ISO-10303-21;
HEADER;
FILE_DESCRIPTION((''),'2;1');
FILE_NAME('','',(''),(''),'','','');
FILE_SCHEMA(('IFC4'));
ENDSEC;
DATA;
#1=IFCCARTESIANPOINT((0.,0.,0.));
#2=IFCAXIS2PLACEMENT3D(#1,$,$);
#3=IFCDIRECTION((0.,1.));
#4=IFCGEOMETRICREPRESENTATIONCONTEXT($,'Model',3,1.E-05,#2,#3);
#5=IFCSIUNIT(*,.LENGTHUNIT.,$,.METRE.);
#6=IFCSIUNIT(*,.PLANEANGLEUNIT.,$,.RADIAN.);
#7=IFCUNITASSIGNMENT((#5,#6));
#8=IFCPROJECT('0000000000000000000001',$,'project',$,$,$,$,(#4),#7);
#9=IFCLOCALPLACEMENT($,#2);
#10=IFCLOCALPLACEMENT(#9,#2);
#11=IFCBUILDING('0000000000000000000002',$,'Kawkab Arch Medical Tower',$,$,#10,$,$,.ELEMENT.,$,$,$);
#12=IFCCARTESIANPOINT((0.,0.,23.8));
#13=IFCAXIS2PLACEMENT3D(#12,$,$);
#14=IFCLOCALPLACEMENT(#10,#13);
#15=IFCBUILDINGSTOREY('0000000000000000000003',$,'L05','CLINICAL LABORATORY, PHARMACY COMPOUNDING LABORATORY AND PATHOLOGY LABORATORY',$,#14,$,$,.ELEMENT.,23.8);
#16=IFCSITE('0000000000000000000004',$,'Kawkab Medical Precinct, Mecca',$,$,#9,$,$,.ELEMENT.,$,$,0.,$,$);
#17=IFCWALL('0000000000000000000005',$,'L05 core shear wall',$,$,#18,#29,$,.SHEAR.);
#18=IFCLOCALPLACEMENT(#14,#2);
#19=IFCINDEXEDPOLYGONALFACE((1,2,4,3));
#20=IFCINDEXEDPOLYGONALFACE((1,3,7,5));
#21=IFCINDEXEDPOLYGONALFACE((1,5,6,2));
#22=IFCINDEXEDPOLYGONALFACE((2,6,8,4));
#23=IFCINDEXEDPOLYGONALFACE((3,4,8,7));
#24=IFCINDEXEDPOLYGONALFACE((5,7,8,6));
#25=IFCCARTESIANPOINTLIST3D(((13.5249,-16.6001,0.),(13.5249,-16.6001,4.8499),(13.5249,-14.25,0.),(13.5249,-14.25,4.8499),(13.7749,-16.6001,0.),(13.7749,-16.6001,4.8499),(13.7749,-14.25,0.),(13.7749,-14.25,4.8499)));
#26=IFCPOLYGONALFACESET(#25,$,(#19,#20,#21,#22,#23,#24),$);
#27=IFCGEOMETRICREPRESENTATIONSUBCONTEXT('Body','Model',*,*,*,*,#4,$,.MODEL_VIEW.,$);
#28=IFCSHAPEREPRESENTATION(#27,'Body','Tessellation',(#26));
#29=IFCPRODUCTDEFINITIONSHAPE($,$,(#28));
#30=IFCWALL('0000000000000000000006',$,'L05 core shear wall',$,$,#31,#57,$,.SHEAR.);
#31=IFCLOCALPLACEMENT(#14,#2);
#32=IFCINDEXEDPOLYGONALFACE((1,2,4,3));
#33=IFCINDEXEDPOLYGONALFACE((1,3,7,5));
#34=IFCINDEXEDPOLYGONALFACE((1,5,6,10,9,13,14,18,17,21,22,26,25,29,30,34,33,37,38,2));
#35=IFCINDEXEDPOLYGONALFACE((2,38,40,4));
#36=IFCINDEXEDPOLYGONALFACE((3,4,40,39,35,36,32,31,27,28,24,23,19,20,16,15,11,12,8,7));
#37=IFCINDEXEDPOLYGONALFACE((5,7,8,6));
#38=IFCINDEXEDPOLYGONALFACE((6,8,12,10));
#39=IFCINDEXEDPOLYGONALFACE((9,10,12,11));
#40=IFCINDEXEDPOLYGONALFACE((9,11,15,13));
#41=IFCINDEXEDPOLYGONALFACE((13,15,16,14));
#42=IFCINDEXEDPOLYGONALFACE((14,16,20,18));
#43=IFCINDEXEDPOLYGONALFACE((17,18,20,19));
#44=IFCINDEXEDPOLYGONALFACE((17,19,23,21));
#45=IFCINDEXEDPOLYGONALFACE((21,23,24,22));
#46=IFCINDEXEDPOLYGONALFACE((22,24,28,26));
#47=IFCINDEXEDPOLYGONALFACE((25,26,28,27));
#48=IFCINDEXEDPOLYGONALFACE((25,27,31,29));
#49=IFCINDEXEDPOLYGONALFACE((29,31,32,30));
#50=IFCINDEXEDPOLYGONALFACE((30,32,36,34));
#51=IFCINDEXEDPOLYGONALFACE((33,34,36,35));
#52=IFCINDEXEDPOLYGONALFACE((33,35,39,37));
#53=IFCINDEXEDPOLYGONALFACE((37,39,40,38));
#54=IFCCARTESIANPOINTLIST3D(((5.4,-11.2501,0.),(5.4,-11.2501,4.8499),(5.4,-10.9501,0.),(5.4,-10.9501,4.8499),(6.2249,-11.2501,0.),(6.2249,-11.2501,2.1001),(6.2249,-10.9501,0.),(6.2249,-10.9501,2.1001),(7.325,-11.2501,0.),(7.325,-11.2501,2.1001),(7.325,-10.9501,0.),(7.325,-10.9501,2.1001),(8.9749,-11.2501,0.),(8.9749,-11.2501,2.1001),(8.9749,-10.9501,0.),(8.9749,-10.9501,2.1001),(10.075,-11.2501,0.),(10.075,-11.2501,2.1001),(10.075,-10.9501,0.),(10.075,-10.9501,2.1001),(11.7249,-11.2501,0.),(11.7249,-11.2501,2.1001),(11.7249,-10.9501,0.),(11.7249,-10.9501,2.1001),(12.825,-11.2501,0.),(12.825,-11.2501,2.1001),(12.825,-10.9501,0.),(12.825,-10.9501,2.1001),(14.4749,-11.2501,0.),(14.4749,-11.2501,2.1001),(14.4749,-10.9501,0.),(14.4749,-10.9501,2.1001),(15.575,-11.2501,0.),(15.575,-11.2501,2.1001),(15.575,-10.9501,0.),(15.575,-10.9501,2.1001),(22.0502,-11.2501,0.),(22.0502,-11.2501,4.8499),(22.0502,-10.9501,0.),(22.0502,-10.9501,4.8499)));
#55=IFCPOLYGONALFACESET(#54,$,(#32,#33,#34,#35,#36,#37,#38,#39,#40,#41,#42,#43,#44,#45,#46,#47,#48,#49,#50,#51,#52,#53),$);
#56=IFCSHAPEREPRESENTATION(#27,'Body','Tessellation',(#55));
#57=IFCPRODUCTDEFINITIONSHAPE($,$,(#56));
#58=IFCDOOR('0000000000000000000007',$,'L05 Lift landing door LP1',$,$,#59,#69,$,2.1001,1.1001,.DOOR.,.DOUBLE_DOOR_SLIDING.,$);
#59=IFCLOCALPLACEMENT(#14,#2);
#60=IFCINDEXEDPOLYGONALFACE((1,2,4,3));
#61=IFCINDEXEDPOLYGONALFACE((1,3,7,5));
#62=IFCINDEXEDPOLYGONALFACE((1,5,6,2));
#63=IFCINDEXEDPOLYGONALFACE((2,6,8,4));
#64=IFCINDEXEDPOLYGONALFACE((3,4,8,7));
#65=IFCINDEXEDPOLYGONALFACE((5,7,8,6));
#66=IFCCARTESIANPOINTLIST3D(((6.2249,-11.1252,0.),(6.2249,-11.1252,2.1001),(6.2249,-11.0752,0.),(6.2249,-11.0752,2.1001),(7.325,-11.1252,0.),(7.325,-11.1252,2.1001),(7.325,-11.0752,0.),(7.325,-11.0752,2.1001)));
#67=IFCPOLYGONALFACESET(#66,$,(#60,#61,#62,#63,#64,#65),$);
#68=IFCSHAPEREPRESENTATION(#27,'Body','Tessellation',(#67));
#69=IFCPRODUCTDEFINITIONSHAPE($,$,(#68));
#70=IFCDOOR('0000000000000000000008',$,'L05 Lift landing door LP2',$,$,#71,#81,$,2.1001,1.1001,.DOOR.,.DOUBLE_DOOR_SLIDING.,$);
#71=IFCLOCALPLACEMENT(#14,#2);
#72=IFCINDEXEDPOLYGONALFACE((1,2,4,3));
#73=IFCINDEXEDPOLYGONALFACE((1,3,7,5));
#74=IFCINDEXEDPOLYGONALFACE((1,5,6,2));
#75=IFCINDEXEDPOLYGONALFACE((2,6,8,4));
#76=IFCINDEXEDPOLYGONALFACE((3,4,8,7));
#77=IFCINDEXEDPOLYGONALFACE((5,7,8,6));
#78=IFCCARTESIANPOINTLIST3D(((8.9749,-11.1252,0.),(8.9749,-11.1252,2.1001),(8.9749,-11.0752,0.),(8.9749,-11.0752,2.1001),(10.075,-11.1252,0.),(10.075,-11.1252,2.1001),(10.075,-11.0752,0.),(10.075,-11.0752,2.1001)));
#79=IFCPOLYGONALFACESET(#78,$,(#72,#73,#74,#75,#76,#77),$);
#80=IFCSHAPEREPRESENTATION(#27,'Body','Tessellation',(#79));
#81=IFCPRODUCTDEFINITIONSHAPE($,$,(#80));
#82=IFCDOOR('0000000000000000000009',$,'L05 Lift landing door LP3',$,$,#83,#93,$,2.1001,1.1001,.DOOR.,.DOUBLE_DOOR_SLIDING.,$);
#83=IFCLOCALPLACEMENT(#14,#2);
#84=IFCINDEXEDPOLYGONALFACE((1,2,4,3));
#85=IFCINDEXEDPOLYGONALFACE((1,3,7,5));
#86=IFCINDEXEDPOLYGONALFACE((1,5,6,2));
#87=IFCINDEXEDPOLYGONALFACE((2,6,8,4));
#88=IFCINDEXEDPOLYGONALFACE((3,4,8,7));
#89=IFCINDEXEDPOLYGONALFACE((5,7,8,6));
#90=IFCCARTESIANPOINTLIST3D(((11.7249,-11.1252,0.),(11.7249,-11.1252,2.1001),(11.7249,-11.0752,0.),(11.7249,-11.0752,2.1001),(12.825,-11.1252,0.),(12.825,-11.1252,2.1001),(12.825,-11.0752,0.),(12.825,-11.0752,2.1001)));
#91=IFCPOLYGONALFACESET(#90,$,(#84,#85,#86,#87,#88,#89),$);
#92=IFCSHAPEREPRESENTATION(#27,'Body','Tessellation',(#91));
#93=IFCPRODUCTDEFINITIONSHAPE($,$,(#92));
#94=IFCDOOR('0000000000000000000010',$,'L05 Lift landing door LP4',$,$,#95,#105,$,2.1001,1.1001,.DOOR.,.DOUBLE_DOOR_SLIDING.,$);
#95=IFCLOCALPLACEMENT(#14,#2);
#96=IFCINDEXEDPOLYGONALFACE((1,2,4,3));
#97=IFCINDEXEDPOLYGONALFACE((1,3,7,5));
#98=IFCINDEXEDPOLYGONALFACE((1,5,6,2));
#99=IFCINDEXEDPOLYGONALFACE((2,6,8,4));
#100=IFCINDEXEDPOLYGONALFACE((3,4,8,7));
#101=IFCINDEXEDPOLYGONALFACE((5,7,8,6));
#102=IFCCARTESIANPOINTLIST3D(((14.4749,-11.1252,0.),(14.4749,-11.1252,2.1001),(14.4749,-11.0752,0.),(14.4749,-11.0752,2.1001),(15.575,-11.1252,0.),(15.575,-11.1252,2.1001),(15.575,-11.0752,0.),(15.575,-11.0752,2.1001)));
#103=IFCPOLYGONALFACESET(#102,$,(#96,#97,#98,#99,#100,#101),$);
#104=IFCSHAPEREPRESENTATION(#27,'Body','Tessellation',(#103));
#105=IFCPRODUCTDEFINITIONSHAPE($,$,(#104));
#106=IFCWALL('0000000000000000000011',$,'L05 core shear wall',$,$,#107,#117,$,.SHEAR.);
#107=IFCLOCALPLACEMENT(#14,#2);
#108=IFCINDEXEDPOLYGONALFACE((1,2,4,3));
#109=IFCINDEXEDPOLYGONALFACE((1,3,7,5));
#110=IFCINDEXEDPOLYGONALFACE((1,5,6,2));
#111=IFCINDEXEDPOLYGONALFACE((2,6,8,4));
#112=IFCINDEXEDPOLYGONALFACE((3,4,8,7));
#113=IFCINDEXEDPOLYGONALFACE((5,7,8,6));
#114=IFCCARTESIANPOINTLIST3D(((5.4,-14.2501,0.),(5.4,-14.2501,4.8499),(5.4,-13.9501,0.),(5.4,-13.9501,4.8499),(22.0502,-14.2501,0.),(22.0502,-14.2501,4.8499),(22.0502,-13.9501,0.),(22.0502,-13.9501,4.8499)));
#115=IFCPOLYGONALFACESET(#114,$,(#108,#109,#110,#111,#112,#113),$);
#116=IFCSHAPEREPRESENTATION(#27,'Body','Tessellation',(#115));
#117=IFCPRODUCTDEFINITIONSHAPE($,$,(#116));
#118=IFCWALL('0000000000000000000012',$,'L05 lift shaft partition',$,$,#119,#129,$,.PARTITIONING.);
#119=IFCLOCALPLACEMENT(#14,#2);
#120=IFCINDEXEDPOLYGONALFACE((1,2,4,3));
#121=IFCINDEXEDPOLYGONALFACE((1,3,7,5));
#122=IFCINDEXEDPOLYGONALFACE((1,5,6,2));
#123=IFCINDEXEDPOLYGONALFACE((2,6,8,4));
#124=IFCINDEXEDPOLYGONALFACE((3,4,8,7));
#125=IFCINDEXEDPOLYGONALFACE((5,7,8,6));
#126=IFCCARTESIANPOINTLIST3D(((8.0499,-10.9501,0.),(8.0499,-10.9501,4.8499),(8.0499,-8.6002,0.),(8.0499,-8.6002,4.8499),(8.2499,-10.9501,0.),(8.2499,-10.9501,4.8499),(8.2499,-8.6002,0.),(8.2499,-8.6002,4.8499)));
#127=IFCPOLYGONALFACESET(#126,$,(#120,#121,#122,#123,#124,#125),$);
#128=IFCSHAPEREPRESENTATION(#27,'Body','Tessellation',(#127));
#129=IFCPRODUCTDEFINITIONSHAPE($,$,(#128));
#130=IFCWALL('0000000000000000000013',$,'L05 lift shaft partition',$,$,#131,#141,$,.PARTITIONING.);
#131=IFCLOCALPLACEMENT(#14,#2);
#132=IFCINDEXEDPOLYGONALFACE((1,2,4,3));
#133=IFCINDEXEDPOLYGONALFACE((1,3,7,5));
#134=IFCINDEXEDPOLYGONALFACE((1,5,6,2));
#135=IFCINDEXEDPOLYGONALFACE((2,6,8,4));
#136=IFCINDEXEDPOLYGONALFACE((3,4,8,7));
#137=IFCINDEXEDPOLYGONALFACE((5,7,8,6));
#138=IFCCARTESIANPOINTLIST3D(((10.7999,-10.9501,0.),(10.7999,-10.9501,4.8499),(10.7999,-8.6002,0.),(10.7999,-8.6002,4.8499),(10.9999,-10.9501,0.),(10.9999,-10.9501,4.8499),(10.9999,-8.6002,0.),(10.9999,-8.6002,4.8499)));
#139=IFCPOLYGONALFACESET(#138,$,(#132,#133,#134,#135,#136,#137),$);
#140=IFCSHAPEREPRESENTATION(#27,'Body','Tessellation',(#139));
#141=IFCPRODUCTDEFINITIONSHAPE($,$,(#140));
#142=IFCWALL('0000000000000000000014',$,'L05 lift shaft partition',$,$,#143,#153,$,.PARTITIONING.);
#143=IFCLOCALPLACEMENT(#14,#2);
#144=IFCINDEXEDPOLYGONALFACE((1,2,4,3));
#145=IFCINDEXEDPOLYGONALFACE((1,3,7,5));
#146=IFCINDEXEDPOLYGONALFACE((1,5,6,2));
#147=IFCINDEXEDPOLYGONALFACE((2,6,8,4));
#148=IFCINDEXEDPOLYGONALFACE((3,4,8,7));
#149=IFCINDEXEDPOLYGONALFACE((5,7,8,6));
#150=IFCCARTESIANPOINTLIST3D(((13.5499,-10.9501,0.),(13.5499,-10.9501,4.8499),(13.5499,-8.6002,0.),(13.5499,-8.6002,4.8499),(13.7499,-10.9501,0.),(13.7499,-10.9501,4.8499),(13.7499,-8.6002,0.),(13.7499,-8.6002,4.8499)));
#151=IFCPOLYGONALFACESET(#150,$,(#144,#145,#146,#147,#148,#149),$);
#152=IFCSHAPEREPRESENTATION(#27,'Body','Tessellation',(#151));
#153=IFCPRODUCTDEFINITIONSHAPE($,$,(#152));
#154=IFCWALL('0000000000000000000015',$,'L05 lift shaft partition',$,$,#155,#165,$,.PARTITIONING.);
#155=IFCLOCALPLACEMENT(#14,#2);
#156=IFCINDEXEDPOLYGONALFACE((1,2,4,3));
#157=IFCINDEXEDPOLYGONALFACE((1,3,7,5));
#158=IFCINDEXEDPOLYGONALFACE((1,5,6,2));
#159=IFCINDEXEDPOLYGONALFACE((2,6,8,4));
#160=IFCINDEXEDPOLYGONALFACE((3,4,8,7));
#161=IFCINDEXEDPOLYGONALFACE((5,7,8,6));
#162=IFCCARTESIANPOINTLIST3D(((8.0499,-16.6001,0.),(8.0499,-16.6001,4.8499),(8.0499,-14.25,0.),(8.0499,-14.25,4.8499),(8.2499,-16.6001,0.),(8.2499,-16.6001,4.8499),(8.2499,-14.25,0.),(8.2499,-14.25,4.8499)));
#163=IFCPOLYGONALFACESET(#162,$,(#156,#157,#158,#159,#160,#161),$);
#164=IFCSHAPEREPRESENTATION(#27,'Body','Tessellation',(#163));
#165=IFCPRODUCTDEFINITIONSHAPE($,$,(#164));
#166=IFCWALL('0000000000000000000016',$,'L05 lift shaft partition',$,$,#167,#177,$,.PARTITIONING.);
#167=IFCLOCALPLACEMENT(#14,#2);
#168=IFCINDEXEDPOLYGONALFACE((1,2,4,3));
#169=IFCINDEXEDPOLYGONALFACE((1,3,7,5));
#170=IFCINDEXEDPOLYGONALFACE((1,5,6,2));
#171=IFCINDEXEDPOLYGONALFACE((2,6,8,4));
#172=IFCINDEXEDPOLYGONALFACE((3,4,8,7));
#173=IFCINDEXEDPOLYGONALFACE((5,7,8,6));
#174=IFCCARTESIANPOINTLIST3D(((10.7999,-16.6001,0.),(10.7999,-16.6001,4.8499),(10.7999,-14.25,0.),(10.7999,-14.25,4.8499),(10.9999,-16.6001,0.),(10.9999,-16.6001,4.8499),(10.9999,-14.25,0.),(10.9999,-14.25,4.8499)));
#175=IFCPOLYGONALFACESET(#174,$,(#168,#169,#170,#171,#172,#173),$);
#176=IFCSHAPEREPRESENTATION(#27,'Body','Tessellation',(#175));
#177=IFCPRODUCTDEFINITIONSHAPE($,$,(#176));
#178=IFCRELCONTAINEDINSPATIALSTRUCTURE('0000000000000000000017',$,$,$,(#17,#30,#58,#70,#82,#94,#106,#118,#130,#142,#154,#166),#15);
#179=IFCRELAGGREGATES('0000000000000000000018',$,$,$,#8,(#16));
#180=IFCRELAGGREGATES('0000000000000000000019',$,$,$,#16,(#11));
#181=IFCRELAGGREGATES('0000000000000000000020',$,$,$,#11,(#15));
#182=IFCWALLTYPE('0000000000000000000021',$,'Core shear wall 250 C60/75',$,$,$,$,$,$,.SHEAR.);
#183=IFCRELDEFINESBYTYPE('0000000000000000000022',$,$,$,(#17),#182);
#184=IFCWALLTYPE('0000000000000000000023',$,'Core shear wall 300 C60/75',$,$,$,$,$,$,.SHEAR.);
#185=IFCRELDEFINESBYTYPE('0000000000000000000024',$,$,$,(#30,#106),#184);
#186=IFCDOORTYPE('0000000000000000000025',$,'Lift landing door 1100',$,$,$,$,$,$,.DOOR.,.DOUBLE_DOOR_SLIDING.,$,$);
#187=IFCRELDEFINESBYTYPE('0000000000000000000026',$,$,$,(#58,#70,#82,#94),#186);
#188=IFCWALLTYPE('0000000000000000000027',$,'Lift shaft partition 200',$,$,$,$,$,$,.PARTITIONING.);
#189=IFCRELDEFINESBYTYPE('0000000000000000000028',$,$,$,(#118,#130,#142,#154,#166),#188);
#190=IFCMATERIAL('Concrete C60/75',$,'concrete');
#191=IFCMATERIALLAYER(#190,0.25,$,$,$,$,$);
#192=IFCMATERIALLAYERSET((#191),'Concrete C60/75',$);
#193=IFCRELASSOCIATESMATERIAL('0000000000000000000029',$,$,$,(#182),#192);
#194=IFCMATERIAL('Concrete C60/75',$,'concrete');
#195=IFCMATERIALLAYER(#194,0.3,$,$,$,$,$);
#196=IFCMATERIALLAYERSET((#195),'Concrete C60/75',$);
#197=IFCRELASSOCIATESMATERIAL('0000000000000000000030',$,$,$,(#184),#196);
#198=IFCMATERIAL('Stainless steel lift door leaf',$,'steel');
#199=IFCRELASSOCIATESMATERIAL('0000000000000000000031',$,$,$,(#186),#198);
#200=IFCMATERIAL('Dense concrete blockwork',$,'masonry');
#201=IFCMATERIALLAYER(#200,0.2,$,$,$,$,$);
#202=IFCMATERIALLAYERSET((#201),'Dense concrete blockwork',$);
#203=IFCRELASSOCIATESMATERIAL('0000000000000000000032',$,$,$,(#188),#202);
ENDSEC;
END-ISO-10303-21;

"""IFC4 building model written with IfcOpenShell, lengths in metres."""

from ifc_helpers import new_model, si_unit, direction, frame, frame_2d, origin, place, context, subcontext, project, spatial, rectangle, extrude, material, layer, layer_set, type_object, element, fill, save


model = new_model("IFC4")

# Units and contexts
model_context = context("Model", 3, precision=1e-05, world=origin(), true_north=direction((0.0, 1.0)))
body_context = subcontext(model_context, "Body", "Model", "MODEL_VIEW")
ifc_project = project(units=[si_unit("LENGTHUNIT", "METRE"), si_unit("PLANEANGLEUNIT", "RADIAN")], contexts=[model_context])

# Site, building, storey
site_placement = place(None, origin())
site = spatial("IfcSite", under=ifc_project, at=site_placement, Name="Kawkab Medical Precinct, Mecca", CompositionType="ELEMENT", RefElevation=0.0)
building_placement = place(site_placement, origin())
building = spatial("IfcBuilding", under=site, at=building_placement, Name="Kawkab Arch Medical Tower", CompositionType="ELEMENT")
storey_placement = place(building_placement, frame((0.0, 0.0, 23.8)))
storey = spatial("IfcBuildingStorey", under=building, at=storey_placement, Name="L05", Description="CLINICAL LABORATORY, PHARMACY COMPOUNDING LABORATORY AND PATHOLOGY LABORATORY", CompositionType="ELEMENT", Elevation=23.8)

# Wall
ifc_material_1 = material(Name="Concrete C60/75", Category="concrete")
ifc_layer_1 = layer(ifc_material_1, 0.25)
ifc_layer_set_1 = layer_set([ifc_layer_1], Name="Concrete C60/75")
wall_type_1 = type_object("IfcWallType", Name="Core shear wall 250 C60/75", PredefinedType="SHEAR", material=ifc_layer_set_1)
wall_1_placement = place(storey_placement, frame((13.6499, -16.6001, 0.0), z_axis=(0.0, 0.0, 1.0), x_axis=(0.0, 1.0, 0.0)))
element("IfcWall", 1, at=wall_1_placement, inside=storey, type_object=wall_type_1, Name="L05 core shear wall", PredefinedType="SHEAR", context=body_context, shape_type="SweptSolid", body=[
    extrude(rectangle(XDim=2.3501, YDim=0.25, at=frame_2d((1.175, 0.0))), origin(), (0.0, 0.0, 1.0), 4.8499),
])

# Wall, openings, doors
ifc_material_2 = material(Name="Concrete C60/75", Category="concrete")
ifc_layer_2 = layer(ifc_material_2, 0.3)
ifc_layer_set_2 = layer_set([ifc_layer_2], Name="Concrete C60/75")
wall_type_2 = type_object("IfcWallType", Name="Core shear wall 300 C60/75", PredefinedType="SHEAR", material=ifc_layer_set_2)
wall_2_placement = place(storey_placement, frame((5.3999, -11.1001, 0.0), z_axis=(0.0, 0.0, 1.0), x_axis=(1.0, 0.0, 0.0)))
wall_2 = element("IfcWall", 2, at=wall_2_placement, inside=storey, type_object=wall_type_2, Name="L05 core shear wall", PredefinedType="SHEAR", context=body_context, shape_type="SweptSolid", body=[
    extrude(rectangle(XDim=16.6501, YDim=0.3, at=frame_2d((8.3252, 0.0))), origin(), (0.0, 0.0, 1.0), 4.8499),
])
opening_1_placement = place(wall_2_placement, frame((0.825, 0.0, 0.0)))
opening_1 = element("IfcOpeningElement", 3, at=opening_1_placement, cuts=wall_2, PredefinedType="OPENING", context=body_context, shape_type="SweptSolid", body=[
    extrude(rectangle(XDim=1.1001, YDim=2.1001, at=frame_2d((0.55, 1.05))), frame((0.0, 0.1599, 0.0), z_axis=(0.0, -1.0, 0.0), x_axis=(1.0, 0.0, 0.0)), (0.0, 0.0, 1.0), 0.3201),
])
opening_2_placement = place(wall_2_placement, frame((3.575, 0.0, 0.0)))
opening_2 = element("IfcOpeningElement", 4, at=opening_2_placement, cuts=wall_2, PredefinedType="OPENING", context=body_context, shape_type="SweptSolid", body=[
    extrude(rectangle(XDim=1.1001, YDim=2.1001, at=frame_2d((0.55, 1.05))), frame((0.0, 0.1599, 0.0), z_axis=(0.0, -1.0, 0.0), x_axis=(1.0, 0.0, 0.0)), (0.0, 0.0, 1.0), 0.3201),
])
opening_3_placement = place(wall_2_placement, frame((6.325, 0.0, 0.0)))
opening_3 = element("IfcOpeningElement", 5, at=opening_3_placement, cuts=wall_2, PredefinedType="OPENING", context=body_context, shape_type="SweptSolid", body=[
    extrude(rectangle(XDim=1.1001, YDim=2.1001, at=frame_2d((0.55, 1.05))), frame((0.0, 0.1599, 0.0), z_axis=(0.0, -1.0, 0.0), x_axis=(1.0, 0.0, 0.0)), (0.0, 0.0, 1.0), 0.3201),
])
opening_4_placement = place(wall_2_placement, frame((9.075, 0.0, 0.0)))
opening_4 = element("IfcOpeningElement", 6, at=opening_4_placement, cuts=wall_2, PredefinedType="OPENING", context=body_context, shape_type="SweptSolid", body=[
    extrude(rectangle(XDim=1.1001, YDim=2.1001, at=frame_2d((0.55, 1.05))), frame((0.0, 0.1599, 0.0), z_axis=(0.0, -1.0, 0.0), x_axis=(1.0, 0.0, 0.0)), (0.0, 0.0, 1.0), 0.3201),
])
ifc_material_3 = material(Name="Stainless steel lift door leaf", Category="steel")
door_type = type_object("IfcDoorType", Name="Lift landing door 1100", OperationType="DOUBLE_DOOR_SLIDING", PredefinedType="DOOR", material=ifc_material_3)
door_1_placement = place(opening_1_placement, origin())
door_1 = element("IfcDoor", 7, at=door_1_placement, inside=storey, type_object=door_type, Name="L05 Lift landing door LP1", OperationType="DOUBLE_DOOR_SLIDING", OverallHeight=2.1001, OverallWidth=1.1001, PredefinedType="DOOR", context=body_context, shape_type="SweptSolid", body=[
    extrude(rectangle(XDim=1.1001, YDim=2.1001, at=frame_2d((0.55, 1.05))), frame((0.0, 0.0249, 0.0), z_axis=(0.0, -1.0, 0.0), x_axis=(1.0, 0.0, 0.0)), (0.0, 0.0, 1.0), 0.05),
])
fill(opening_1, door_1)
door_2_placement = place(opening_2_placement, origin())
door_2 = element("IfcDoor", 8, at=door_2_placement, inside=storey, type_object=door_type, Name="L05 Lift landing door LP2", OperationType="DOUBLE_DOOR_SLIDING", OverallHeight=2.1001, OverallWidth=1.1001, PredefinedType="DOOR", context=body_context, shape_type="SweptSolid", body=[
    extrude(rectangle(XDim=1.1001, YDim=2.1001, at=frame_2d((0.55, 1.05))), frame((0.0, 0.0249, 0.0), z_axis=(0.0, -1.0, 0.0), x_axis=(1.0, 0.0, 0.0)), (0.0, 0.0, 1.0), 0.05),
])
fill(opening_2, door_2)
door_3_placement = place(opening_3_placement, origin())
door_3 = element("IfcDoor", 9, at=door_3_placement, inside=storey, type_object=door_type, Name="L05 Lift landing door LP3", OperationType="DOUBLE_DOOR_SLIDING", OverallHeight=2.1001, OverallWidth=1.1001, PredefinedType="DOOR", context=body_context, shape_type="SweptSolid", body=[
    extrude(rectangle(XDim=1.1001, YDim=2.1001, at=frame_2d((0.55, 1.05))), frame((0.0, 0.0249, 0.0), z_axis=(0.0, -1.0, 0.0), x_axis=(1.0, 0.0, 0.0)), (0.0, 0.0, 1.0), 0.05),
])
fill(opening_3, door_3)
door_4_placement = place(opening_4_placement, origin())
door_4 = element("IfcDoor", 10, at=door_4_placement, inside=storey, type_object=door_type, Name="L05 Lift landing door LP4", OperationType="DOUBLE_DOOR_SLIDING", OverallHeight=2.1001, OverallWidth=1.1001, PredefinedType="DOOR", context=body_context, shape_type="SweptSolid", body=[
    extrude(rectangle(XDim=1.1001, YDim=2.1001, at=frame_2d((0.55, 1.05))), frame((0.0, 0.0249, 0.0), z_axis=(0.0, -1.0, 0.0), x_axis=(1.0, 0.0, 0.0)), (0.0, 0.0, 1.0), 0.05),
])
fill(opening_4, door_4)

# Walls
wall_3_placement = place(storey_placement, frame((5.3999, -14.1001, 0.0), z_axis=(0.0, 0.0, 1.0), x_axis=(1.0, 0.0, 0.0)))
element("IfcWall", 11, at=wall_3_placement, inside=storey, type_object=wall_type_2, Name="L05 core shear wall", PredefinedType="SHEAR", context=body_context, shape_type="SweptSolid", body=[
    extrude(rectangle(XDim=16.6501, YDim=0.3, at=frame_2d((8.3252, 0.0))), origin(), (0.0, 0.0, 1.0), 4.8499),
])
ifc_material_4 = material(Name="Dense concrete blockwork", Category="masonry")
ifc_layer_3 = layer(ifc_material_4, 0.2)
ifc_layer_set_3 = layer_set([ifc_layer_3], Name="Dense concrete blockwork")
wall_type_3 = type_object("IfcWallType", Name="Lift shaft partition 200", PredefinedType="PARTITIONING", material=ifc_layer_set_3)
for number, where, z_axis, x_axis, name in (
    (12, (8.1499, -10.95, 0.0), (0.0, 0.0, 1.0), (0.0, 1.0, 0.0), "L05 lift shaft partition"),
    (13, (10.8999, -10.95, 0.0), (0.0, 0.0, 1.0), (0.0, 1.0, 0.0), "L05 lift shaft partition"),
    (14, (13.6499, -10.95, 0.0), (0.0, 0.0, 1.0), (0.0, 1.0, 0.0), "L05 lift shaft partition"),
):
    element("IfcWall", number, at=place(storey_placement, frame(where, z_axis=z_axis, x_axis=x_axis)), inside=storey, type_object=wall_type_3, Name=name, PredefinedType="PARTITIONING", context=body_context, shape_type="SweptSolid", body=[
        extrude(rectangle(XDim=2.3499, YDim=0.2, at=frame_2d((1.1748, 0.0))), origin(), (0.0, 0.0, 1.0), 4.8499),
    ])
for number, where, z_axis, x_axis, name in (
    (15, (8.1499, -16.6001, 0.0), (0.0, 0.0, 1.0), (0.0, 1.0, 0.0), "L05 lift shaft partition"),
    (16, (10.8999, -16.6001, 0.0), (0.0, 0.0, 1.0), (0.0, 1.0, 0.0), "L05 lift shaft partition"),
):
    element("IfcWall", number, at=place(storey_placement, frame(where, z_axis=z_axis, x_axis=x_axis)), inside=storey, type_object=wall_type_3, Name=name, PredefinedType="PARTITIONING", context=body_context, shape_type="SweptSolid", body=[
        extrude(rectangle(XDim=2.3501, YDim=0.2, at=frame_2d((1.175, 0.0))), origin(), (0.0, 0.0, 1.0), 4.8499),
    ])

save(model, "model.ifc")
